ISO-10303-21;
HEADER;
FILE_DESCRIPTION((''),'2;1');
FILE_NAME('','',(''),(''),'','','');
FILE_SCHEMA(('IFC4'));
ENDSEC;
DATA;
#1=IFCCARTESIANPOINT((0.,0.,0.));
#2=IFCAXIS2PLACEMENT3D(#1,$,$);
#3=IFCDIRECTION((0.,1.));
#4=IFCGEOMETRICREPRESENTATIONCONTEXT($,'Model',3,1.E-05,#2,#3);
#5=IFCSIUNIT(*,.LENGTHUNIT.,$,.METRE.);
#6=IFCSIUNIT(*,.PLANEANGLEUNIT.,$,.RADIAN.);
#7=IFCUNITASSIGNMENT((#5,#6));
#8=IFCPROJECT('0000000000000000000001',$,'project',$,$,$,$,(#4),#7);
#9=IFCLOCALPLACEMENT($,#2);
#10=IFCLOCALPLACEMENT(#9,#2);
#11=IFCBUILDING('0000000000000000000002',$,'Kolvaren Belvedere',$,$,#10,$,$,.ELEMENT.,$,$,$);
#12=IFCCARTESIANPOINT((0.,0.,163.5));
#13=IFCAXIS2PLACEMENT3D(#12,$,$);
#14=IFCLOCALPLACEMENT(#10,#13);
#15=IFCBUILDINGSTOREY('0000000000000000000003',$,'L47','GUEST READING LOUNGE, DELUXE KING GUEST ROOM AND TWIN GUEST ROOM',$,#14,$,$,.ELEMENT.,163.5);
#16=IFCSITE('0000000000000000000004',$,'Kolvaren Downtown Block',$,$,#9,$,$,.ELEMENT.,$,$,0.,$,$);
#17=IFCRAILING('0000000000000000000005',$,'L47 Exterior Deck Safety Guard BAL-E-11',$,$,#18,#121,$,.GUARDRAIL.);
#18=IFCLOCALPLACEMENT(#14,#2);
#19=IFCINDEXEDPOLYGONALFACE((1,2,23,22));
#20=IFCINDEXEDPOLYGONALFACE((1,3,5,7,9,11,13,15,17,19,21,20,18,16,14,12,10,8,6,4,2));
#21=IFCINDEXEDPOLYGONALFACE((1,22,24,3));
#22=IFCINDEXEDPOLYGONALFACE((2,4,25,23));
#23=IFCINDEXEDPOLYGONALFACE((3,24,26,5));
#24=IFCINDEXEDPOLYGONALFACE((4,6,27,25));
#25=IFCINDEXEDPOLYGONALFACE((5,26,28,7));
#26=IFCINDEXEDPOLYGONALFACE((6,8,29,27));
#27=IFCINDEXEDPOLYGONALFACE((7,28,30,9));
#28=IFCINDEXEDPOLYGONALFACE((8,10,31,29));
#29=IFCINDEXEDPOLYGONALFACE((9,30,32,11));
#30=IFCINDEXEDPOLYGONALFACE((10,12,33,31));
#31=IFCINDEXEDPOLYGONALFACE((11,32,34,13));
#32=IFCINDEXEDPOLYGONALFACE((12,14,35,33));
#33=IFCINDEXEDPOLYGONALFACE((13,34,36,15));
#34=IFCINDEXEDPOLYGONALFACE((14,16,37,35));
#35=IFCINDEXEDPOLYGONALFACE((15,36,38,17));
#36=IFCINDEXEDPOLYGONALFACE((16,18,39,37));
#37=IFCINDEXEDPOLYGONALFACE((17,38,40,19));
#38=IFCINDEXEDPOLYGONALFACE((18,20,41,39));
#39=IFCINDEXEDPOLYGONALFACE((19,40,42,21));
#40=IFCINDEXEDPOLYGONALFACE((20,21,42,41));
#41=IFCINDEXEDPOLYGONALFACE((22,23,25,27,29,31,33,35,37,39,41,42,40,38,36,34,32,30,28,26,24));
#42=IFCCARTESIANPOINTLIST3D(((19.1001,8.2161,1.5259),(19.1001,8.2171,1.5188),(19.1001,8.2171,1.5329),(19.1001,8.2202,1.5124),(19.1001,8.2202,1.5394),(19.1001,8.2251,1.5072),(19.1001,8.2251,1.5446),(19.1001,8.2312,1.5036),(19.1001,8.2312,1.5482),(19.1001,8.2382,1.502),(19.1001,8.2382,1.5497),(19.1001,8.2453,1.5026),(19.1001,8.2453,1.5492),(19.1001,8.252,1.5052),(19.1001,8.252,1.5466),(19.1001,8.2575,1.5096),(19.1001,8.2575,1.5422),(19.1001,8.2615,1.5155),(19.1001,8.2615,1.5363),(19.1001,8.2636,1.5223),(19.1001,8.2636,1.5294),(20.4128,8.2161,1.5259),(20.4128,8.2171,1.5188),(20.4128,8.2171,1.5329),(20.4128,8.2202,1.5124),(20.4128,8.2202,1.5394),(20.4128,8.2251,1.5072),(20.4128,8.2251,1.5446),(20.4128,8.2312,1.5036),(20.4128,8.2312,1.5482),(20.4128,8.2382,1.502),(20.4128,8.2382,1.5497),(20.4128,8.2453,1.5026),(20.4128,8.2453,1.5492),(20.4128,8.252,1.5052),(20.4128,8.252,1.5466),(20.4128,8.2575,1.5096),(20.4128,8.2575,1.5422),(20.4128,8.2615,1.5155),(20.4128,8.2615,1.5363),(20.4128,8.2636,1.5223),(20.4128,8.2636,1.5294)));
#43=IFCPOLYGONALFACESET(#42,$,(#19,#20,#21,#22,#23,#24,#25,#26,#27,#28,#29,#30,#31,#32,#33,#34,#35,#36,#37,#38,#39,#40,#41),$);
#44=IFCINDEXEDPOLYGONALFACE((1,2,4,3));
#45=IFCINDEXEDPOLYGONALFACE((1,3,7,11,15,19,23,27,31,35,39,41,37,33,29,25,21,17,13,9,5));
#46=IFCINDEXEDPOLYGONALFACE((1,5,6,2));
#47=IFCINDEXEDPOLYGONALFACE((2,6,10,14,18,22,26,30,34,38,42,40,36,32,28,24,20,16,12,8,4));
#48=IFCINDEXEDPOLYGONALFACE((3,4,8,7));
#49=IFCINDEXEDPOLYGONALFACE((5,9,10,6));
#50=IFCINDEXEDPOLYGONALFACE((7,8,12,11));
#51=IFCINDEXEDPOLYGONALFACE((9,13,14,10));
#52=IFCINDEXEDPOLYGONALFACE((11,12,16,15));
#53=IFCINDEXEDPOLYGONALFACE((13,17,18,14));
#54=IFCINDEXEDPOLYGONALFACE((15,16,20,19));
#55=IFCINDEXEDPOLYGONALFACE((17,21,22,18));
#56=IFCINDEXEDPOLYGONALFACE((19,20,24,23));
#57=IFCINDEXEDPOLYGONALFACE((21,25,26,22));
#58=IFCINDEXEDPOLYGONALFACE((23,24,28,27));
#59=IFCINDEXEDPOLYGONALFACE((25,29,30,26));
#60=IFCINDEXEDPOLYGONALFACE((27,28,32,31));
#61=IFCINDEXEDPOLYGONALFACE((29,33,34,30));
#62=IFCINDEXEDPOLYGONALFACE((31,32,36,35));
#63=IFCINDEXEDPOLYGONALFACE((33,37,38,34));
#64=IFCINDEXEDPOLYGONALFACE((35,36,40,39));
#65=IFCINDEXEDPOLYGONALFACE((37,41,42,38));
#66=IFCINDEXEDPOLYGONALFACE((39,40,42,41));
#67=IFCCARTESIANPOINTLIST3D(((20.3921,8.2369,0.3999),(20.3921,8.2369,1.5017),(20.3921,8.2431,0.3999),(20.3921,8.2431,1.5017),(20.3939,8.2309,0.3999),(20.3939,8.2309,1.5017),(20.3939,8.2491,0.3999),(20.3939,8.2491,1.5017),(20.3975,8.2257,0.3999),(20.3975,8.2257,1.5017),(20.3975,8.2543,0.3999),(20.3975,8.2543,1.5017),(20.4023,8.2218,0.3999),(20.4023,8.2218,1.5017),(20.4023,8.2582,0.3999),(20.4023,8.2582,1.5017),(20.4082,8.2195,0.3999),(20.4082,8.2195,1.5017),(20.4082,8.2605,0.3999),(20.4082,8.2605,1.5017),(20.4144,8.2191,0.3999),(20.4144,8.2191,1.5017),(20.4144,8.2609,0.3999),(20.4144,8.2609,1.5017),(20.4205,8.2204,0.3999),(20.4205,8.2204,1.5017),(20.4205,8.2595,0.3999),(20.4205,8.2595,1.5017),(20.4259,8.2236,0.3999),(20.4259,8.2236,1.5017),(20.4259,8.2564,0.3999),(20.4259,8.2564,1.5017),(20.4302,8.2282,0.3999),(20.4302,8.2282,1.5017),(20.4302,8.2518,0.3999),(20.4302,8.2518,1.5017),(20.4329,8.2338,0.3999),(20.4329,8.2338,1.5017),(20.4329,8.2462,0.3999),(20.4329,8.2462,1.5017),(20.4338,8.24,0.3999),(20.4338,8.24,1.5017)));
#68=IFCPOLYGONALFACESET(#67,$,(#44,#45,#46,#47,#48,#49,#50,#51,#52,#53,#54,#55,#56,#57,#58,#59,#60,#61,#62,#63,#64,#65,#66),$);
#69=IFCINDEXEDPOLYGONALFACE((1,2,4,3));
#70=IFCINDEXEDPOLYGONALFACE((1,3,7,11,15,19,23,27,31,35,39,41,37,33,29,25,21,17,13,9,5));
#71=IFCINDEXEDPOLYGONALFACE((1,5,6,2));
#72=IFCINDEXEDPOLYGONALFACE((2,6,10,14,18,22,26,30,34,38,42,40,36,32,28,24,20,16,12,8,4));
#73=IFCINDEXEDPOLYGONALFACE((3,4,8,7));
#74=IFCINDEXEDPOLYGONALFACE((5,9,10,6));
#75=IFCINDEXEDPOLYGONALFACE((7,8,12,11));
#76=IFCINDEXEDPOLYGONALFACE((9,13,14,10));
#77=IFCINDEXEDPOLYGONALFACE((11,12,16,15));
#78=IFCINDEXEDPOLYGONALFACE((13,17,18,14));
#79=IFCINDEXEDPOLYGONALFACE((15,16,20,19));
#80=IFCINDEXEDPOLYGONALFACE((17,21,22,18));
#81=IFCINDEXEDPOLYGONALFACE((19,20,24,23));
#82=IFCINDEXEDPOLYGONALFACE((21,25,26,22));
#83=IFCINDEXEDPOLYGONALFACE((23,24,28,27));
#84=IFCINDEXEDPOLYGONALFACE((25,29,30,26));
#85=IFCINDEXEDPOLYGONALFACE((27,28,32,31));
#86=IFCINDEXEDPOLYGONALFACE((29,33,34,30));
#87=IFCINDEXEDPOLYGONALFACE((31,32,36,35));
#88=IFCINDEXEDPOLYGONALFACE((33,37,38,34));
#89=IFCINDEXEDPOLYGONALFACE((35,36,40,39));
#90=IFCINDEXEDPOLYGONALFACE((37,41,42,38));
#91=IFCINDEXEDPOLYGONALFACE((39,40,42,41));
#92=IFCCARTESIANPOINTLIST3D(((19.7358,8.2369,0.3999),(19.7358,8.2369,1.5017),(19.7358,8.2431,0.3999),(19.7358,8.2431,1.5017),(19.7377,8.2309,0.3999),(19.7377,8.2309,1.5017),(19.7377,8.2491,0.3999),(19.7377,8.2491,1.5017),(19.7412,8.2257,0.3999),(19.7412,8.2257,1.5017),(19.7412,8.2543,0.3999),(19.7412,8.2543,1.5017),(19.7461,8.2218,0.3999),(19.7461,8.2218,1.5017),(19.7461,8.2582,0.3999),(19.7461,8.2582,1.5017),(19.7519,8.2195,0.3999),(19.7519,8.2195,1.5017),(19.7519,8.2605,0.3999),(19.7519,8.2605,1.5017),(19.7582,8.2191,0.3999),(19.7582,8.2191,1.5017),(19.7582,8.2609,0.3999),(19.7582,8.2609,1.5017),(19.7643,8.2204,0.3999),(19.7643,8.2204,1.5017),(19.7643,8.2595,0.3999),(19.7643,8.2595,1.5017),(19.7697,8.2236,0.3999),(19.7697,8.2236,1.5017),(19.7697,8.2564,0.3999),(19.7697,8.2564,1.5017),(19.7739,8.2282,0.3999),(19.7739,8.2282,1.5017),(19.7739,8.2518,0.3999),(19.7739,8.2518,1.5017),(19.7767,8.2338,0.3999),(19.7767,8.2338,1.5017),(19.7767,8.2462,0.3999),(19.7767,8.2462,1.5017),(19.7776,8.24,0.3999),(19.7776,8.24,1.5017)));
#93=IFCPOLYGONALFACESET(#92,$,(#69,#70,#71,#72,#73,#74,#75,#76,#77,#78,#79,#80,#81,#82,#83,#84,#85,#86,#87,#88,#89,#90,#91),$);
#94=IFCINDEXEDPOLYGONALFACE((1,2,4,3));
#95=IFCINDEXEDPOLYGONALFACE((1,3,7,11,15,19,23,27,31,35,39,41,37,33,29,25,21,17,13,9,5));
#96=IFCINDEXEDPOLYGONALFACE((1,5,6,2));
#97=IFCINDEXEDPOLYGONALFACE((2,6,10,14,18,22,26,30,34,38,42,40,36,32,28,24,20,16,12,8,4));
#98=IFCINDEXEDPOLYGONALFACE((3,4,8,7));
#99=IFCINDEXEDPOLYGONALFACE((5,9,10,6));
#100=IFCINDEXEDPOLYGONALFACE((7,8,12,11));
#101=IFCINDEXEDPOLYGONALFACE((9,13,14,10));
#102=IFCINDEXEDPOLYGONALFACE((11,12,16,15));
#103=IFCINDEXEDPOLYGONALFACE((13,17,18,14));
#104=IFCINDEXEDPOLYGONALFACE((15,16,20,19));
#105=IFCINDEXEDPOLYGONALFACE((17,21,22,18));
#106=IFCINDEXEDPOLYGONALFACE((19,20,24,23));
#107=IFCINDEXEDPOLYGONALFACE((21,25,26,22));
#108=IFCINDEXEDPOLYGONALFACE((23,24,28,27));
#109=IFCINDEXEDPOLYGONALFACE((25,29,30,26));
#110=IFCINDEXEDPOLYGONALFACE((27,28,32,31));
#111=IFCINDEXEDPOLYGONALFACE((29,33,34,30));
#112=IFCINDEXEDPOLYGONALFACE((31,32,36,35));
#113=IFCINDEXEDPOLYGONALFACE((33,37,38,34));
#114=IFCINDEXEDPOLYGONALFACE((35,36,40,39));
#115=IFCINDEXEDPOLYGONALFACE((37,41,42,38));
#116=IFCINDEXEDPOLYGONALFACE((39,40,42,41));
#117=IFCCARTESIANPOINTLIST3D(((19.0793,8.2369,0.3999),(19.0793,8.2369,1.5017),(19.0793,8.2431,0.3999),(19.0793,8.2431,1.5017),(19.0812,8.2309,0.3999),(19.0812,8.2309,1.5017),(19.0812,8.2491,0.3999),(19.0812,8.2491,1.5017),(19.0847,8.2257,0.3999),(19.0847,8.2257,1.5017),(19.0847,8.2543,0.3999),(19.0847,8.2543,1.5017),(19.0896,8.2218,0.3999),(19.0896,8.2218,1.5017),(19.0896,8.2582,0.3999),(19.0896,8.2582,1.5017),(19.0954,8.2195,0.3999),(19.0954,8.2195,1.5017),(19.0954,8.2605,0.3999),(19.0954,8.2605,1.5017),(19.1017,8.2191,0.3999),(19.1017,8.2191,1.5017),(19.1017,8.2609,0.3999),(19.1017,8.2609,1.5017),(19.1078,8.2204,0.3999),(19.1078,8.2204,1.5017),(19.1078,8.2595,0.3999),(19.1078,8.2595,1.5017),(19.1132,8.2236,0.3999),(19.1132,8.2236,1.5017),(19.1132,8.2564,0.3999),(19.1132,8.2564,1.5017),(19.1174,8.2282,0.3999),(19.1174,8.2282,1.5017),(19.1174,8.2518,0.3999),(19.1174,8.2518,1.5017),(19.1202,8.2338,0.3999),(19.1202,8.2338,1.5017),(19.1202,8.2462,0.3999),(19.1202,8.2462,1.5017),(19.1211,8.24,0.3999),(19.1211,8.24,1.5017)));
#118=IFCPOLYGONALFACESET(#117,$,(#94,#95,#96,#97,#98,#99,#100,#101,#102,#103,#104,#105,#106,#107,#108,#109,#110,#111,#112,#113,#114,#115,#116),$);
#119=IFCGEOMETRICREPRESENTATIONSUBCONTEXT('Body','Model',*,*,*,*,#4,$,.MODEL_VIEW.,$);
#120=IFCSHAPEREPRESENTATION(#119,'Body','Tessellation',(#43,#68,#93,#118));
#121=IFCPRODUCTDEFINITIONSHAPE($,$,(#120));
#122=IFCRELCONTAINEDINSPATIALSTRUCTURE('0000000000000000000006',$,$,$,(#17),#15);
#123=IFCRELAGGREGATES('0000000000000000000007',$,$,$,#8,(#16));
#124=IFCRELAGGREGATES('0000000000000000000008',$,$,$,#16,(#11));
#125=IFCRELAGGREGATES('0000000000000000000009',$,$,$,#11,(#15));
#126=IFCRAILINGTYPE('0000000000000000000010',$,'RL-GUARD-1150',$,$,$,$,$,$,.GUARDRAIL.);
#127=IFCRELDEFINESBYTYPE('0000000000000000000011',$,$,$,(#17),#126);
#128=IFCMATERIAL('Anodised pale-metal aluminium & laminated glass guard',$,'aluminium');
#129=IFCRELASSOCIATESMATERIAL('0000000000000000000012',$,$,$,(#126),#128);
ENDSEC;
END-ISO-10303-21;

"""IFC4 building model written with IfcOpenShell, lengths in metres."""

from ifc_helpers import new_model, si_unit, direction, frame, origin, origin_2d, place, context, subcontext, project, spatial, circle, extrude, material, type_object, element, save


model = new_model("IFC4")

# Units and contexts
model_context = context("Model", 3, precision=1e-05, world=origin(), true_north=direction((0.0, 1.0)))
body_context = subcontext(model_context, "Body", "Model", "MODEL_VIEW")
ifc_project = project(units=[si_unit("LENGTHUNIT", "METRE"), si_unit("PLANEANGLEUNIT", "RADIAN")], contexts=[model_context])

# Site, building, storey
site_placement = place(None, origin())
site = spatial("IfcSite", under=ifc_project, at=site_placement, Name="Kolvaren Downtown Block", CompositionType="ELEMENT", RefElevation=0.0)
building_placement = place(site_placement, origin())
building = spatial("IfcBuilding", under=site, at=building_placement, Name="Kolvaren Belvedere", CompositionType="ELEMENT")
storey_placement = place(building_placement, frame((0.0, 0.0, 163.5)))
storey = spatial("IfcBuildingStorey", under=building, at=storey_placement, Name="L47", Description="GUEST READING LOUNGE, DELUXE KING GUEST ROOM AND TWIN GUEST ROOM", CompositionType="ELEMENT", Elevation=163.5)

# Railing
ifc_material_1 = material(Name="Anodised pale-metal aluminium & laminated glass guard", Category="aluminium")
railing_type = type_object("IfcRailingType", Name="RL-GUARD-1150", PredefinedType="GUARDRAIL", material=ifc_material_1)
railing_placement = place(storey_placement, frame((20.4128, 8.24, 0.3999)))
element("IfcRailing", 1, at=railing_placement, inside=storey, type_object=railing_type, Name="L47 Exterior Deck Safety Guard BAL-E-11", PredefinedType="GUARDRAIL", context=body_context, shape_type="SweptSolid", body=[
    extrude(circle(Radius=0.0239, at=origin_2d()), frame((0.0, 0.0, 1.126), z_axis=(-1.0, 0.0, 0.0), x_axis=(0.0, -1.0, 0.0)), (0.0, 0.0, 1.0), 1.3127),
    extrude(circle(Radius=0.021, at=origin_2d()), origin(), (0.0, 0.0, 1.0), 1.1018),
    extrude(circle(Radius=0.021, at=origin_2d()), frame((-0.6562, 0.0, 0.0)), (0.0, 0.0, 1.0), 1.1018),
    extrude(circle(Radius=0.021, at=origin_2d()), frame((-1.3127, 0.0, 0.0)), (0.0, 0.0, 1.0), 1.1018),
])

save(model, "model.ifc")
